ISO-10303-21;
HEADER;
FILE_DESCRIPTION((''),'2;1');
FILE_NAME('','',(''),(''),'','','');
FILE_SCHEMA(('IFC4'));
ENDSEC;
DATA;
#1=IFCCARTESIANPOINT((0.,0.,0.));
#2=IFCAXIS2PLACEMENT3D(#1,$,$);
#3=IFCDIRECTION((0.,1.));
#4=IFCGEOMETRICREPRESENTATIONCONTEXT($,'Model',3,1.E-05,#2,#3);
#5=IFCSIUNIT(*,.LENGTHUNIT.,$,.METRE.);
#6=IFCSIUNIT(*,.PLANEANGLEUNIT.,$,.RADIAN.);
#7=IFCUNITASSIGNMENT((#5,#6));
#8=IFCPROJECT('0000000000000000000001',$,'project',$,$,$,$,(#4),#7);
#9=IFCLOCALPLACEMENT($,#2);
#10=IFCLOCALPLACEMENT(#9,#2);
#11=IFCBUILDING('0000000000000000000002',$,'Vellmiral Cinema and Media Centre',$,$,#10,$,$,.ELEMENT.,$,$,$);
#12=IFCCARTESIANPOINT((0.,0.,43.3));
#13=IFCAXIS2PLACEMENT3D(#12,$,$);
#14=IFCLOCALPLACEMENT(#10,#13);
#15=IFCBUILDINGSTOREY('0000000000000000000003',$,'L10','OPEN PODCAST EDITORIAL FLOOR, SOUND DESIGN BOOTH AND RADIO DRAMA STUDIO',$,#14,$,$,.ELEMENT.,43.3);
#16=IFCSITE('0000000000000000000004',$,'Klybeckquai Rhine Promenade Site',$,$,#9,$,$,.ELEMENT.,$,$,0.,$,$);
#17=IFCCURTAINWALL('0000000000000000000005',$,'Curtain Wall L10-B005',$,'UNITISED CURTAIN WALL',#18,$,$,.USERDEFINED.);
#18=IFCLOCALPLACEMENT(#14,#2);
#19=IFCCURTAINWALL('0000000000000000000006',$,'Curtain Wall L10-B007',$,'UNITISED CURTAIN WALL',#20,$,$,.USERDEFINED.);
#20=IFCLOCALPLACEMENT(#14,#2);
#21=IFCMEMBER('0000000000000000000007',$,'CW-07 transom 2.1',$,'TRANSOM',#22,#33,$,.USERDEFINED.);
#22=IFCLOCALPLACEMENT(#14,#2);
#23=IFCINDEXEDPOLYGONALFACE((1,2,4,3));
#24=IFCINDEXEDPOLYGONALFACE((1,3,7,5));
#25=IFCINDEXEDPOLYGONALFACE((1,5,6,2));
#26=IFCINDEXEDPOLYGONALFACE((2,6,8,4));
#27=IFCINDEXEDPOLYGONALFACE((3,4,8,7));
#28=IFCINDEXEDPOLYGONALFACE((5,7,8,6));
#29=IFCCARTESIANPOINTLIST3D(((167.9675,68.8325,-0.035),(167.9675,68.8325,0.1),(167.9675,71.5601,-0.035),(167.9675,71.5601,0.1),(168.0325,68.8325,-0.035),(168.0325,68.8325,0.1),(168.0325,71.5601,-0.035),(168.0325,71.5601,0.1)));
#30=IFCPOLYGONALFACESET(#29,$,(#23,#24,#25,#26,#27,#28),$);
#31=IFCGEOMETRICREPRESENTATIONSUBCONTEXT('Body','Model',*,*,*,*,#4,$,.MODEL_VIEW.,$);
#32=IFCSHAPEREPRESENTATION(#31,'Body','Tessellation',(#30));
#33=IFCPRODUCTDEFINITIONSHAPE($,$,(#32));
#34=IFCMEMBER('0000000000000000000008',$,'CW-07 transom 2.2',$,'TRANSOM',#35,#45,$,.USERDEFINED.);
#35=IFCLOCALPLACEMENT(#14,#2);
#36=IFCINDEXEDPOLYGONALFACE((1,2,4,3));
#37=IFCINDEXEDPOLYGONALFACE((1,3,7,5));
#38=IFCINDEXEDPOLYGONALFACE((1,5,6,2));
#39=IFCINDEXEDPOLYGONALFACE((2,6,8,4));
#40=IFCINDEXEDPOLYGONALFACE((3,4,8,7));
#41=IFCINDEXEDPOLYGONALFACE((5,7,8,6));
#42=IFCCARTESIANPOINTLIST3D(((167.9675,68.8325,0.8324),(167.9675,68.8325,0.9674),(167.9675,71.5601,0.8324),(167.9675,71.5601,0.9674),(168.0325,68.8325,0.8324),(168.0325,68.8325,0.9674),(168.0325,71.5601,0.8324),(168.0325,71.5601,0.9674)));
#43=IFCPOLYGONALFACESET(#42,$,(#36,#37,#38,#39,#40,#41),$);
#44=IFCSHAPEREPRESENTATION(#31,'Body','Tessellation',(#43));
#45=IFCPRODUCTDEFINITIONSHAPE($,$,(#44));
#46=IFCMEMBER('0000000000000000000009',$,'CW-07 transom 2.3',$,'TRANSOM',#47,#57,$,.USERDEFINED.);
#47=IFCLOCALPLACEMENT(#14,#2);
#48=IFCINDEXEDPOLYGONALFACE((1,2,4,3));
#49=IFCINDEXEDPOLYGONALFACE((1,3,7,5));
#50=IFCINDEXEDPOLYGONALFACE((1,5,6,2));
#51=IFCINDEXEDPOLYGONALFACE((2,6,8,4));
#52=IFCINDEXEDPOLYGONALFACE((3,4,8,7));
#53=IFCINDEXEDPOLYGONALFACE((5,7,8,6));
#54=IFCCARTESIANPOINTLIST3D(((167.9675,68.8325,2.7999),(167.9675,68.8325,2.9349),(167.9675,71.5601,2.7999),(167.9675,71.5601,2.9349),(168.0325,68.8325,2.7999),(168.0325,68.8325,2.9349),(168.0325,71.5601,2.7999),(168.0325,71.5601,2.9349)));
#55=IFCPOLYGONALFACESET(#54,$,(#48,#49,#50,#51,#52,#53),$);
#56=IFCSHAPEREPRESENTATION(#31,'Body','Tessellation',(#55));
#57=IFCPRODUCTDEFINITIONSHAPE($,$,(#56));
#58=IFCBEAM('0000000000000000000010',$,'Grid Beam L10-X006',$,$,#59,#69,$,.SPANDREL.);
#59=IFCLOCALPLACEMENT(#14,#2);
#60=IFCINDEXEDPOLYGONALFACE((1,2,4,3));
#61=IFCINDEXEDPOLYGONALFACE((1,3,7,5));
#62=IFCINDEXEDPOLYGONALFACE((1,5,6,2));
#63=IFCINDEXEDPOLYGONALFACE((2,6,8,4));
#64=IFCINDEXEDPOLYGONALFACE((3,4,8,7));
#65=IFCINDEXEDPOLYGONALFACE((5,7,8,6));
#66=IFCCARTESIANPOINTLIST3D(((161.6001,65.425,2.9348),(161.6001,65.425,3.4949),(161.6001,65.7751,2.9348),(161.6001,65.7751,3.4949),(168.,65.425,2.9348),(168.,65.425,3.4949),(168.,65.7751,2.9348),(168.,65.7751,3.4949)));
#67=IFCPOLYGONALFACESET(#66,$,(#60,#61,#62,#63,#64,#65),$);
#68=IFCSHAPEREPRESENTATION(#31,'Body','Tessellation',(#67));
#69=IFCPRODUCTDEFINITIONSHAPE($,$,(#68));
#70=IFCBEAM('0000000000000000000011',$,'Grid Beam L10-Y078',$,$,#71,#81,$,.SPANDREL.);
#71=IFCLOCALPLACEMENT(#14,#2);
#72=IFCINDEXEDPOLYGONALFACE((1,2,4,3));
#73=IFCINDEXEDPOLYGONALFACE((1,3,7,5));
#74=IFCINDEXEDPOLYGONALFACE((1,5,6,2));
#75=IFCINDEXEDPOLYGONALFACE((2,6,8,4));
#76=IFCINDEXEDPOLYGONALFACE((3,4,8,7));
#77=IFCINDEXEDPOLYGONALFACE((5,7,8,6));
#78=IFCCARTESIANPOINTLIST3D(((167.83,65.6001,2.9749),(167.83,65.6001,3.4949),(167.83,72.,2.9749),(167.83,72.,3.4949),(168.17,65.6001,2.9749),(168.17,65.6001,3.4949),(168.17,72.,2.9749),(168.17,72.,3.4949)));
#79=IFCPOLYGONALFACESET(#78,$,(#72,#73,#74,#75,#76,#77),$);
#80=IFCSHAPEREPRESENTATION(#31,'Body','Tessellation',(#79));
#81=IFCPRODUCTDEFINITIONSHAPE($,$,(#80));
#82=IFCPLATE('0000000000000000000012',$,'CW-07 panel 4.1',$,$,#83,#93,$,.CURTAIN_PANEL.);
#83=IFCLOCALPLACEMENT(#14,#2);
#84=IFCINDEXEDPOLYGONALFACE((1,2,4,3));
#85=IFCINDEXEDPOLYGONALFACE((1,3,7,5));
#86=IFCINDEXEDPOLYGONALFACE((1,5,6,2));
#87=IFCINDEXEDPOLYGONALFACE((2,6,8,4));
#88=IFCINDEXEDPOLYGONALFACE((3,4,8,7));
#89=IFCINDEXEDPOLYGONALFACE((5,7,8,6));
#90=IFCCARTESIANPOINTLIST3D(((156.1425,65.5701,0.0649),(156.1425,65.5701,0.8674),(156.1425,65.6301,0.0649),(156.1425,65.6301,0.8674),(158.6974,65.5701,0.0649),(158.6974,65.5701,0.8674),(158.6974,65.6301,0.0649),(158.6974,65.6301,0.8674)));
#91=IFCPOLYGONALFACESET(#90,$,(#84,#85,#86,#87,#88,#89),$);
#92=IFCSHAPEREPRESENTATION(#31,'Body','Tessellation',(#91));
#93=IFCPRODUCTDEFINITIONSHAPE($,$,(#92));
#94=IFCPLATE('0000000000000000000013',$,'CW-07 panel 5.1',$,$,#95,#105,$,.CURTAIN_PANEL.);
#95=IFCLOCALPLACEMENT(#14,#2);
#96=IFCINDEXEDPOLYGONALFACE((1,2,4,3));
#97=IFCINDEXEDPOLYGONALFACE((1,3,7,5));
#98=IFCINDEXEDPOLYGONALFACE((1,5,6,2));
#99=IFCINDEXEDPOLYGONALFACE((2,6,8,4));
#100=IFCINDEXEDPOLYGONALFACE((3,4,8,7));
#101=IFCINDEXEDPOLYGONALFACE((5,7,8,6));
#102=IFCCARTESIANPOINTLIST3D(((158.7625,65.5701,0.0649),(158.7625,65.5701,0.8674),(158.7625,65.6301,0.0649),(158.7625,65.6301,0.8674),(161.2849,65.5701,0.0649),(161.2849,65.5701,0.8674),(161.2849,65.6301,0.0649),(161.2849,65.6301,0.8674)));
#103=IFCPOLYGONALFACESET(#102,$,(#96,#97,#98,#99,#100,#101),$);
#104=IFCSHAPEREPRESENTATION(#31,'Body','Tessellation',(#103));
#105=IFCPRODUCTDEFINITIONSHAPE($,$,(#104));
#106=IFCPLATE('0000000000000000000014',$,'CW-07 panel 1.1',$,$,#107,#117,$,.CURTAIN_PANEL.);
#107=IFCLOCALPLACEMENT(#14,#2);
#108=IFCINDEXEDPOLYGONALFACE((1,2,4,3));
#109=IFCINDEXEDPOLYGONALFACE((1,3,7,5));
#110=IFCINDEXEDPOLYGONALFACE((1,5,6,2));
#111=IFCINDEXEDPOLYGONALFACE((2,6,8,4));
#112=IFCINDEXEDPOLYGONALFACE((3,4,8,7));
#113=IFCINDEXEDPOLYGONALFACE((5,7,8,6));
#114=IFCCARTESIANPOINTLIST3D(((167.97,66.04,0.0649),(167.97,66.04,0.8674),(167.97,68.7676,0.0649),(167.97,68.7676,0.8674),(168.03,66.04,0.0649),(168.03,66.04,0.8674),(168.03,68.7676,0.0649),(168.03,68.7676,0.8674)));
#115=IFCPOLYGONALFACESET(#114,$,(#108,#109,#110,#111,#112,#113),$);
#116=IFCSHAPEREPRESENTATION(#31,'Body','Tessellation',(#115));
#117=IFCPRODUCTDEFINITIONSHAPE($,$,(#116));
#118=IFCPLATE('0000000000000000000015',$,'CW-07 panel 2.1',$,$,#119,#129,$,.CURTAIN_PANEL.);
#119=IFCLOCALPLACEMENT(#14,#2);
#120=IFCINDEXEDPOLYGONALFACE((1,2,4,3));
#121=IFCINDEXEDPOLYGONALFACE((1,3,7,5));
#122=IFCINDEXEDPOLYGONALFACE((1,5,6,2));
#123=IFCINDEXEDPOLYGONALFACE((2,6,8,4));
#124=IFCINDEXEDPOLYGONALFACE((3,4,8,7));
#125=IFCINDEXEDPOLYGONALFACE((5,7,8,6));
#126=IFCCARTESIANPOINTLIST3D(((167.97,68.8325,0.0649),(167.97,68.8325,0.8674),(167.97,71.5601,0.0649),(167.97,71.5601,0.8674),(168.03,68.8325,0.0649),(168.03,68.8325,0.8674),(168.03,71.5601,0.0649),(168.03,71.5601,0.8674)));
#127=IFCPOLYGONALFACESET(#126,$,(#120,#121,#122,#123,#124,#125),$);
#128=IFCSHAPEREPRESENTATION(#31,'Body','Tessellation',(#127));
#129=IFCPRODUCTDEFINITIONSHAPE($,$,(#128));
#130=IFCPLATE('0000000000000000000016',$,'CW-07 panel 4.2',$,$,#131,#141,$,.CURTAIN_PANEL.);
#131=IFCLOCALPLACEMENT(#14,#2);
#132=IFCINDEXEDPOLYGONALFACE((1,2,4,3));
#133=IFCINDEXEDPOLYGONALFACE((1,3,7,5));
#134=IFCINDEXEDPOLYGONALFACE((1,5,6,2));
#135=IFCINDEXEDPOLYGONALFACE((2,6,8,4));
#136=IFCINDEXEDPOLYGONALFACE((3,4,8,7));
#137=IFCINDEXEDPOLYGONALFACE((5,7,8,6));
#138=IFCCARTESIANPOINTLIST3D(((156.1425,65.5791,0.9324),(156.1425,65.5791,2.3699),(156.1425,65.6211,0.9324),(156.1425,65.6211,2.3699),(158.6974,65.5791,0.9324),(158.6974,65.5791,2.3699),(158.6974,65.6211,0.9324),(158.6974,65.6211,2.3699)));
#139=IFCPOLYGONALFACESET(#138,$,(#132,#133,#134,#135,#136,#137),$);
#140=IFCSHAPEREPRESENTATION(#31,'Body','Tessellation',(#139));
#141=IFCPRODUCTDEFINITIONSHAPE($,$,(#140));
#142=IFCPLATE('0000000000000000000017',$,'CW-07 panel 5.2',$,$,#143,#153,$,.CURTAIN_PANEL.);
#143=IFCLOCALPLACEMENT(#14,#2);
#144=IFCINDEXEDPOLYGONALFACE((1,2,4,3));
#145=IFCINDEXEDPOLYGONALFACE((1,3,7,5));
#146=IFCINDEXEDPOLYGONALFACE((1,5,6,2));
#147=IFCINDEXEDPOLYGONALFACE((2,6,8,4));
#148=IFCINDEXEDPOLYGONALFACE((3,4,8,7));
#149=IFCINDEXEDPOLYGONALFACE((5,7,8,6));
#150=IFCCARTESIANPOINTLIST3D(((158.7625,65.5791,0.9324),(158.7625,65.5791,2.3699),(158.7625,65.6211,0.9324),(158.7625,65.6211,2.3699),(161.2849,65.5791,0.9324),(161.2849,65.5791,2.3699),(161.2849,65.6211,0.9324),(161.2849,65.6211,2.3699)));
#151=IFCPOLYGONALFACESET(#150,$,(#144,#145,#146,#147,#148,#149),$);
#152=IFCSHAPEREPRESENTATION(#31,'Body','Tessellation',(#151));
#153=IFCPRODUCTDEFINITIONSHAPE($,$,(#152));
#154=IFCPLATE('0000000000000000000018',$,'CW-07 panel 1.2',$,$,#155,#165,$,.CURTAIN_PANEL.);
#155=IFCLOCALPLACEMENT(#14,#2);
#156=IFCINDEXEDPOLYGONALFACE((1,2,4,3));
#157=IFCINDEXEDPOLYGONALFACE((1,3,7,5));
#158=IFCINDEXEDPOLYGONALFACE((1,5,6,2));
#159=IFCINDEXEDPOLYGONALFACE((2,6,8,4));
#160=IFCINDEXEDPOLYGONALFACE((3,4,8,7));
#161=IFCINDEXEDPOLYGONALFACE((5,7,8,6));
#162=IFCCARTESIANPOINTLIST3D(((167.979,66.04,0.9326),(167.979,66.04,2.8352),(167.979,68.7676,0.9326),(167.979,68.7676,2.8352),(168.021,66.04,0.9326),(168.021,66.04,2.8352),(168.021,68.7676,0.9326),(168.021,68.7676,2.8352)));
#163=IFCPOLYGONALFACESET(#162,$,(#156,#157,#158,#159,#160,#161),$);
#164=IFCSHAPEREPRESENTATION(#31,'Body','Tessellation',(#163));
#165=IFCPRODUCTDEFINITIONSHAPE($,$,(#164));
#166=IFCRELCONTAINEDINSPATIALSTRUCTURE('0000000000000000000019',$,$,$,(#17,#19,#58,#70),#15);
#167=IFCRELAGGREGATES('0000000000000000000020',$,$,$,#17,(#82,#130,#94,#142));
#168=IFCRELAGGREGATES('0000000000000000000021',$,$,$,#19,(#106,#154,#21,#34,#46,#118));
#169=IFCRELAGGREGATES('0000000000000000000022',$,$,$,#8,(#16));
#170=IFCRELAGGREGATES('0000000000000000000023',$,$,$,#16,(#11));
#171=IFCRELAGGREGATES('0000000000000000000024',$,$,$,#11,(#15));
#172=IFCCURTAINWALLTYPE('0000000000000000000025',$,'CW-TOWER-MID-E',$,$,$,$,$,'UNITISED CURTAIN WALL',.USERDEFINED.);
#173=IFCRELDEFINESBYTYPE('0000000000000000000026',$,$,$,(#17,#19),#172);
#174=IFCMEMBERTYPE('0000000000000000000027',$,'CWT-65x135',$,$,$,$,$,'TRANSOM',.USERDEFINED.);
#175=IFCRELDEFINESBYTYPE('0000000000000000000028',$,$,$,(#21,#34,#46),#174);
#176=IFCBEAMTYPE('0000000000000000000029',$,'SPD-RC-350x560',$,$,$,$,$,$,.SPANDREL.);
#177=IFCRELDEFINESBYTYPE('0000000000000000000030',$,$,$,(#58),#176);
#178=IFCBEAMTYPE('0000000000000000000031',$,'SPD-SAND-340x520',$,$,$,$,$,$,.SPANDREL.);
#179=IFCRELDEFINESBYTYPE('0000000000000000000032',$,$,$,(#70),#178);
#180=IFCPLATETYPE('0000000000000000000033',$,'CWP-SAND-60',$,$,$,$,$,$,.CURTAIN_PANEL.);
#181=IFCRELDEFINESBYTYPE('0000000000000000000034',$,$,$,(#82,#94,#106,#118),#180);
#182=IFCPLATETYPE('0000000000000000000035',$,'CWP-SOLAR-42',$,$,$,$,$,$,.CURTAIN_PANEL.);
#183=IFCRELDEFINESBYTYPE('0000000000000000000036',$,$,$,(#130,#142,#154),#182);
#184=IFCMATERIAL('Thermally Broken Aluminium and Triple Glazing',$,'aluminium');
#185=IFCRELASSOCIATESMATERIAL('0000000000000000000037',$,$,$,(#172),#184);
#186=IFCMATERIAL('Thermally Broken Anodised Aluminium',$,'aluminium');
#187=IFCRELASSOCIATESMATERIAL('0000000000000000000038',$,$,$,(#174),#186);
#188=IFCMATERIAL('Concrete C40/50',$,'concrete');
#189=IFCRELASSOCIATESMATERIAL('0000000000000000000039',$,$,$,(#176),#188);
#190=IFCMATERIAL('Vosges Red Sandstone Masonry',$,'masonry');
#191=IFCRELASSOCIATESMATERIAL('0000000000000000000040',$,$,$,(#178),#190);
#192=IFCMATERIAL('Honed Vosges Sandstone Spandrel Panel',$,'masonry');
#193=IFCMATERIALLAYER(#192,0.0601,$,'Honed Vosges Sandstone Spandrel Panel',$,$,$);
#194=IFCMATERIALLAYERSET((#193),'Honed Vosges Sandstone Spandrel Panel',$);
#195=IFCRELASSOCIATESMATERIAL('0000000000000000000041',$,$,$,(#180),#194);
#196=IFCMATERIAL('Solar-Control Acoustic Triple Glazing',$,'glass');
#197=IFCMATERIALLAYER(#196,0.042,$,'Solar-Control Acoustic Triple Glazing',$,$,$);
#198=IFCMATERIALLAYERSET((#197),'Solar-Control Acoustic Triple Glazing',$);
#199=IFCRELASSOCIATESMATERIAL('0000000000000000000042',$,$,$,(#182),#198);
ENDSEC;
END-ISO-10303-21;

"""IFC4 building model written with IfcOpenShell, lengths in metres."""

from ifc_helpers import new_model, si_unit, direction, frame, origin, origin_2d, place, context, subcontext, project, spatial, rectangle, extrude, material, layer, layer_set, material_profile, profile_set, type_object, element, aggregate, save


model = new_model("IFC4")

# Units and contexts
model_context = context("Model", 3, precision=1e-05, world=origin(), true_north=direction((0.0, 1.0)))
body_context = subcontext(model_context, "Body", "Model", "MODEL_VIEW")
ifc_project = project(units=[si_unit("LENGTHUNIT", "METRE"), si_unit("PLANEANGLEUNIT", "RADIAN")], contexts=[model_context])

# Site, building, storey
site_placement = place(None, origin())
site = spatial("IfcSite", under=ifc_project, at=site_placement, Name="Klybeckquai Rhine Promenade Site", CompositionType="ELEMENT", RefElevation=0.0)
building_placement = place(site_placement, origin())
building = spatial("IfcBuilding", under=site, at=building_placement, Name="Vellmiral Cinema and Media Centre", CompositionType="ELEMENT")
storey_placement = place(building_placement, frame((0.0, 0.0, 43.3)))
storey = spatial("IfcBuildingStorey", under=building, at=storey_placement, Name="L10", Description="OPEN PODCAST EDITORIAL FLOOR, SOUND DESIGN BOOTH AND RADIO DRAMA STUDIO", CompositionType="ELEMENT", Elevation=43.3)

# Curtain walls
ifc_material_1 = material(Name="Thermally Broken Aluminium and Triple Glazing", Category="aluminium")
curtain_wall_type = type_object("IfcCurtainWallType", Name="CW-TOWER-MID-E", ElementType="UNITISED CURTAIN WALL", PredefinedType="USERDEFINED", material=ifc_material_1)
curtain_wall_1_placement = place(storey_placement, origin())
curtain_wall_1 = element("IfcCurtainWall", 1, at=curtain_wall_1_placement, inside=storey, type_object=curtain_wall_type, Name="Curtain Wall L10-B005", ObjectType="UNITISED CURTAIN WALL", PredefinedType="USERDEFINED")
curtain_wall_2_placement = place(storey_placement, origin())
curtain_wall_2 = element("IfcCurtainWall", 2, at=curtain_wall_2_placement, inside=storey, type_object=curtain_wall_type, Name="Curtain Wall L10-B007", ObjectType="UNITISED CURTAIN WALL", PredefinedType="USERDEFINED")

# Members
ifc_material_2 = material(Name="Thermally Broken Anodised Aluminium", Category="aluminium")
ifc_material_profile_1 = material_profile(ifc_material_2, rectangle(XDim=0.0649, YDim=0.135, at=origin_2d()), Name="MULL 65x135")
ifc_profile_set_1 = profile_set([ifc_material_profile_1], Name="Thermally Broken Anodised Aluminium")
member_type_1 = type_object("IfcMemberType", Name="CWT-65x135", ElementType="TRANSOM", PredefinedType="USERDEFINED", material=ifc_profile_set_1)
member_1_placement = place(storey_placement, frame((168.0, 68.8325, 0.0325), z_axis=(0.0, 1.0, 0.0), x_axis=(-1.0, 0.0, 0.0)))
member_1 = element("IfcMember", 3, at=member_1_placement, type_object=member_type_1, Name="CW-07 transom 2.1", ObjectType="TRANSOM", PredefinedType="USERDEFINED", context=body_context, shape_type="SweptSolid", body=[
    extrude(rectangle(XDim=0.0649, YDim=0.135, at=origin_2d()), origin(), (0.0, 0.0, 1.0), 2.7275),
])
member_2_placement = place(storey_placement, frame((168.0, 68.8325, 0.8999), z_axis=(0.0, 1.0, 0.0), x_axis=(-1.0, 0.0, 0.0)))
member_2 = element("IfcMember", 4, at=member_2_placement, type_object=member_type_1, Name="CW-07 transom 2.2", ObjectType="TRANSOM", PredefinedType="USERDEFINED", context=body_context, shape_type="SweptSolid", body=[
    extrude(rectangle(XDim=0.0649, YDim=0.135, at=origin_2d()), origin(), (0.0, 0.0, 1.0), 2.7275),
])
member_3_placement = place(storey_placement, frame((168.0, 68.8325, 2.8674), z_axis=(0.0, 1.0, 0.0), x_axis=(-1.0, 0.0, 0.0)))
member_3 = element("IfcMember", 5, at=member_3_placement, type_object=member_type_1, Name="CW-07 transom 2.3", ObjectType="TRANSOM", PredefinedType="USERDEFINED", context=body_context, shape_type="SweptSolid", body=[
    extrude(rectangle(XDim=0.0649, YDim=0.135, at=origin_2d()), origin(), (0.0, 0.0, 1.0), 2.7275),
])

# Beams
ifc_material_3 = material(Name="Concrete C40/50", Category="concrete")
ifc_material_profile_2 = material_profile(ifc_material_3, rectangle(XDim=0.3501, YDim=0.5601, at=origin_2d()), Name="RC 350x560")
ifc_profile_set_2 = profile_set([ifc_material_profile_2], Name="Concrete C40/50")
beam_type_1 = type_object("IfcBeamType", Name="SPD-RC-350x560", PredefinedType="SPANDREL", material=ifc_profile_set_2)
beam_1_placement = place(storey_placement, frame((161.6001, 65.6001, 3.2148), z_axis=(1.0, 0.0, 0.0), x_axis=(0.0, 1.0, 0.0)))
element("IfcBeam", 6, at=beam_1_placement, inside=storey, type_object=beam_type_1, Name="Grid Beam L10-X006", PredefinedType="SPANDREL", context=body_context, shape_type="SweptSolid", body=[
    extrude(rectangle(XDim=0.3501, YDim=0.5601, at=origin_2d()), origin(), (0.0, 0.0, 1.0), 6.3999),
])
ifc_material_4 = material(Name="Vosges Red Sandstone Masonry", Category="masonry")
ifc_material_profile_3 = material_profile(ifc_material_4, rectangle(XDim=0.3401, YDim=0.52, at=origin_2d()), Name="SAND 340x520")
ifc_profile_set_3 = profile_set([ifc_material_profile_3], Name="Vosges Red Sandstone Masonry")
beam_type_2 = type_object("IfcBeamType", Name="SPD-SAND-340x520", PredefinedType="SPANDREL", material=ifc_profile_set_3)
beam_2_placement = place(storey_placement, frame((168.0, 65.6001, 3.2349), z_axis=(0.0, 1.0, 0.0), x_axis=(-1.0, 0.0, 0.0)))
element("IfcBeam", 7, at=beam_2_placement, inside=storey, type_object=beam_type_2, Name="Grid Beam L10-Y078", PredefinedType="SPANDREL", context=body_context, shape_type="SweptSolid", body=[
    extrude(rectangle(XDim=0.3401, YDim=0.52, at=origin_2d()), origin(), (0.0, 0.0, 1.0), 6.3999),
])

# Plates
ifc_material_5 = material(Name="Honed Vosges Sandstone Spandrel Panel", Category="masonry")
ifc_layer_1 = layer(ifc_material_5, 0.0601, Name="Honed Vosges Sandstone Spandrel Panel")
ifc_layer_set_1 = layer_set([ifc_layer_1], Name="Honed Vosges Sandstone Spandrel Panel")
plate_type_1 = type_object("IfcPlateType", Name="CWP-SAND-60", PredefinedType="CURTAIN_PANEL", material=ifc_layer_set_1)
plate_1_placement = place(storey_placement, frame((157.4199, 65.6001, 0.0649), z_axis=(0.0, 0.0, 1.0), x_axis=(1.0, 0.0, 0.0)))
plate_1 = element("IfcPlate", 8, at=plate_1_placement, type_object=plate_type_1, Name="CW-07 panel 4.1", PredefinedType="CURTAIN_PANEL", context=body_context, shape_type="SweptSolid", body=[
    extrude(rectangle(XDim=2.5549, YDim=0.0601, at=origin_2d()), origin(), (0.0, 0.0, 1.0), 0.8025),
])
plate_2_placement = place(storey_placement, frame((160.0237, 65.6001, 0.0649), z_axis=(0.0, 0.0, 1.0), x_axis=(1.0, 0.0, 0.0)))
plate_2 = element("IfcPlate", 9, at=plate_2_placement, type_object=plate_type_1, Name="CW-07 panel 5.1", PredefinedType="CURTAIN_PANEL", context=body_context, shape_type="SweptSolid", body=[
    extrude(rectangle(XDim=2.5225, YDim=0.0601, at=origin_2d()), origin(), (0.0, 0.0, 1.0), 0.8025),
])
plate_3_placement = place(storey_placement, frame((168.0, 67.4038, 0.0649), z_axis=(0.0, 0.0, 1.0), x_axis=(0.0, 1.0, 0.0)))
plate_3 = element("IfcPlate", 10, at=plate_3_placement, type_object=plate_type_1, Name="CW-07 panel 1.1", PredefinedType="CURTAIN_PANEL", context=body_context, shape_type="SweptSolid", body=[
    extrude(rectangle(XDim=2.7275, YDim=0.0601, at=origin_2d()), origin(), (0.0, 0.0, 1.0), 0.8025),
])
plate_4_placement = place(storey_placement, frame((168.0, 70.1963, 0.0649), z_axis=(0.0, 0.0, 1.0), x_axis=(0.0, 1.0, 0.0)))
plate_4 = element("IfcPlate", 11, at=plate_4_placement, type_object=plate_type_1, Name="CW-07 panel 2.1", PredefinedType="CURTAIN_PANEL", context=body_context, shape_type="SweptSolid", body=[
    extrude(rectangle(XDim=2.7275, YDim=0.0601, at=origin_2d()), origin(), (0.0, 0.0, 1.0), 0.8025),
])
ifc_material_6 = material(Name="Solar-Control Acoustic Triple Glazing", Category="glass")
ifc_layer_2 = layer(ifc_material_6, 0.042, Name="Solar-Control Acoustic Triple Glazing")
ifc_layer_set_2 = layer_set([ifc_layer_2], Name="Solar-Control Acoustic Triple Glazing")
plate_type_2 = type_object("IfcPlateType", Name="CWP-SOLAR-42", PredefinedType="CURTAIN_PANEL", material=ifc_layer_set_2)
plate_5_placement = place(storey_placement, frame((157.4199, 65.6001, 0.9324), z_axis=(0.0, 0.0, 1.0), x_axis=(1.0, 0.0, 0.0)))
plate_5 = element("IfcPlate", 12, at=plate_5_placement, type_object=plate_type_2, Name="CW-07 panel 4.2", PredefinedType="CURTAIN_PANEL", context=body_context, shape_type="SweptSolid", body=[
    extrude(rectangle(XDim=2.5549, YDim=0.042, at=origin_2d()), origin(), (0.0, 0.0, 1.0), 1.4375),
])
plate_6_placement = place(storey_placement, frame((160.0237, 65.6001, 0.9324), z_axis=(0.0, 0.0, 1.0), x_axis=(1.0, 0.0, 0.0)))
plate_6 = element("IfcPlate", 13, at=plate_6_placement, type_object=plate_type_2, Name="CW-07 panel 5.2", PredefinedType="CURTAIN_PANEL", context=body_context, shape_type="SweptSolid", body=[
    extrude(rectangle(XDim=2.5225, YDim=0.042, at=origin_2d()), origin(), (0.0, 0.0, 1.0), 1.4375),
])
aggregate(curtain_wall_1, [plate_1, plate_5, plate_2, plate_6])
plate_7_placement = place(storey_placement, frame((168.0, 67.4038, 0.9326), z_axis=(0.0, 0.0, 1.0), x_axis=(0.0, 1.0, 0.0)))
plate_7 = element("IfcPlate", 14, at=plate_7_placement, type_object=plate_type_2, Name="CW-07 panel 1.2", PredefinedType="CURTAIN_PANEL", context=body_context, shape_type="SweptSolid", body=[
    extrude(rectangle(XDim=2.7275, YDim=0.042, at=origin_2d()), origin(), (0.0, 0.0, 1.0), 1.9026),
])
aggregate(curtain_wall_2, [plate_3, plate_7, member_1, member_2, member_3, plate_4])

save(model, "model.ifc")
